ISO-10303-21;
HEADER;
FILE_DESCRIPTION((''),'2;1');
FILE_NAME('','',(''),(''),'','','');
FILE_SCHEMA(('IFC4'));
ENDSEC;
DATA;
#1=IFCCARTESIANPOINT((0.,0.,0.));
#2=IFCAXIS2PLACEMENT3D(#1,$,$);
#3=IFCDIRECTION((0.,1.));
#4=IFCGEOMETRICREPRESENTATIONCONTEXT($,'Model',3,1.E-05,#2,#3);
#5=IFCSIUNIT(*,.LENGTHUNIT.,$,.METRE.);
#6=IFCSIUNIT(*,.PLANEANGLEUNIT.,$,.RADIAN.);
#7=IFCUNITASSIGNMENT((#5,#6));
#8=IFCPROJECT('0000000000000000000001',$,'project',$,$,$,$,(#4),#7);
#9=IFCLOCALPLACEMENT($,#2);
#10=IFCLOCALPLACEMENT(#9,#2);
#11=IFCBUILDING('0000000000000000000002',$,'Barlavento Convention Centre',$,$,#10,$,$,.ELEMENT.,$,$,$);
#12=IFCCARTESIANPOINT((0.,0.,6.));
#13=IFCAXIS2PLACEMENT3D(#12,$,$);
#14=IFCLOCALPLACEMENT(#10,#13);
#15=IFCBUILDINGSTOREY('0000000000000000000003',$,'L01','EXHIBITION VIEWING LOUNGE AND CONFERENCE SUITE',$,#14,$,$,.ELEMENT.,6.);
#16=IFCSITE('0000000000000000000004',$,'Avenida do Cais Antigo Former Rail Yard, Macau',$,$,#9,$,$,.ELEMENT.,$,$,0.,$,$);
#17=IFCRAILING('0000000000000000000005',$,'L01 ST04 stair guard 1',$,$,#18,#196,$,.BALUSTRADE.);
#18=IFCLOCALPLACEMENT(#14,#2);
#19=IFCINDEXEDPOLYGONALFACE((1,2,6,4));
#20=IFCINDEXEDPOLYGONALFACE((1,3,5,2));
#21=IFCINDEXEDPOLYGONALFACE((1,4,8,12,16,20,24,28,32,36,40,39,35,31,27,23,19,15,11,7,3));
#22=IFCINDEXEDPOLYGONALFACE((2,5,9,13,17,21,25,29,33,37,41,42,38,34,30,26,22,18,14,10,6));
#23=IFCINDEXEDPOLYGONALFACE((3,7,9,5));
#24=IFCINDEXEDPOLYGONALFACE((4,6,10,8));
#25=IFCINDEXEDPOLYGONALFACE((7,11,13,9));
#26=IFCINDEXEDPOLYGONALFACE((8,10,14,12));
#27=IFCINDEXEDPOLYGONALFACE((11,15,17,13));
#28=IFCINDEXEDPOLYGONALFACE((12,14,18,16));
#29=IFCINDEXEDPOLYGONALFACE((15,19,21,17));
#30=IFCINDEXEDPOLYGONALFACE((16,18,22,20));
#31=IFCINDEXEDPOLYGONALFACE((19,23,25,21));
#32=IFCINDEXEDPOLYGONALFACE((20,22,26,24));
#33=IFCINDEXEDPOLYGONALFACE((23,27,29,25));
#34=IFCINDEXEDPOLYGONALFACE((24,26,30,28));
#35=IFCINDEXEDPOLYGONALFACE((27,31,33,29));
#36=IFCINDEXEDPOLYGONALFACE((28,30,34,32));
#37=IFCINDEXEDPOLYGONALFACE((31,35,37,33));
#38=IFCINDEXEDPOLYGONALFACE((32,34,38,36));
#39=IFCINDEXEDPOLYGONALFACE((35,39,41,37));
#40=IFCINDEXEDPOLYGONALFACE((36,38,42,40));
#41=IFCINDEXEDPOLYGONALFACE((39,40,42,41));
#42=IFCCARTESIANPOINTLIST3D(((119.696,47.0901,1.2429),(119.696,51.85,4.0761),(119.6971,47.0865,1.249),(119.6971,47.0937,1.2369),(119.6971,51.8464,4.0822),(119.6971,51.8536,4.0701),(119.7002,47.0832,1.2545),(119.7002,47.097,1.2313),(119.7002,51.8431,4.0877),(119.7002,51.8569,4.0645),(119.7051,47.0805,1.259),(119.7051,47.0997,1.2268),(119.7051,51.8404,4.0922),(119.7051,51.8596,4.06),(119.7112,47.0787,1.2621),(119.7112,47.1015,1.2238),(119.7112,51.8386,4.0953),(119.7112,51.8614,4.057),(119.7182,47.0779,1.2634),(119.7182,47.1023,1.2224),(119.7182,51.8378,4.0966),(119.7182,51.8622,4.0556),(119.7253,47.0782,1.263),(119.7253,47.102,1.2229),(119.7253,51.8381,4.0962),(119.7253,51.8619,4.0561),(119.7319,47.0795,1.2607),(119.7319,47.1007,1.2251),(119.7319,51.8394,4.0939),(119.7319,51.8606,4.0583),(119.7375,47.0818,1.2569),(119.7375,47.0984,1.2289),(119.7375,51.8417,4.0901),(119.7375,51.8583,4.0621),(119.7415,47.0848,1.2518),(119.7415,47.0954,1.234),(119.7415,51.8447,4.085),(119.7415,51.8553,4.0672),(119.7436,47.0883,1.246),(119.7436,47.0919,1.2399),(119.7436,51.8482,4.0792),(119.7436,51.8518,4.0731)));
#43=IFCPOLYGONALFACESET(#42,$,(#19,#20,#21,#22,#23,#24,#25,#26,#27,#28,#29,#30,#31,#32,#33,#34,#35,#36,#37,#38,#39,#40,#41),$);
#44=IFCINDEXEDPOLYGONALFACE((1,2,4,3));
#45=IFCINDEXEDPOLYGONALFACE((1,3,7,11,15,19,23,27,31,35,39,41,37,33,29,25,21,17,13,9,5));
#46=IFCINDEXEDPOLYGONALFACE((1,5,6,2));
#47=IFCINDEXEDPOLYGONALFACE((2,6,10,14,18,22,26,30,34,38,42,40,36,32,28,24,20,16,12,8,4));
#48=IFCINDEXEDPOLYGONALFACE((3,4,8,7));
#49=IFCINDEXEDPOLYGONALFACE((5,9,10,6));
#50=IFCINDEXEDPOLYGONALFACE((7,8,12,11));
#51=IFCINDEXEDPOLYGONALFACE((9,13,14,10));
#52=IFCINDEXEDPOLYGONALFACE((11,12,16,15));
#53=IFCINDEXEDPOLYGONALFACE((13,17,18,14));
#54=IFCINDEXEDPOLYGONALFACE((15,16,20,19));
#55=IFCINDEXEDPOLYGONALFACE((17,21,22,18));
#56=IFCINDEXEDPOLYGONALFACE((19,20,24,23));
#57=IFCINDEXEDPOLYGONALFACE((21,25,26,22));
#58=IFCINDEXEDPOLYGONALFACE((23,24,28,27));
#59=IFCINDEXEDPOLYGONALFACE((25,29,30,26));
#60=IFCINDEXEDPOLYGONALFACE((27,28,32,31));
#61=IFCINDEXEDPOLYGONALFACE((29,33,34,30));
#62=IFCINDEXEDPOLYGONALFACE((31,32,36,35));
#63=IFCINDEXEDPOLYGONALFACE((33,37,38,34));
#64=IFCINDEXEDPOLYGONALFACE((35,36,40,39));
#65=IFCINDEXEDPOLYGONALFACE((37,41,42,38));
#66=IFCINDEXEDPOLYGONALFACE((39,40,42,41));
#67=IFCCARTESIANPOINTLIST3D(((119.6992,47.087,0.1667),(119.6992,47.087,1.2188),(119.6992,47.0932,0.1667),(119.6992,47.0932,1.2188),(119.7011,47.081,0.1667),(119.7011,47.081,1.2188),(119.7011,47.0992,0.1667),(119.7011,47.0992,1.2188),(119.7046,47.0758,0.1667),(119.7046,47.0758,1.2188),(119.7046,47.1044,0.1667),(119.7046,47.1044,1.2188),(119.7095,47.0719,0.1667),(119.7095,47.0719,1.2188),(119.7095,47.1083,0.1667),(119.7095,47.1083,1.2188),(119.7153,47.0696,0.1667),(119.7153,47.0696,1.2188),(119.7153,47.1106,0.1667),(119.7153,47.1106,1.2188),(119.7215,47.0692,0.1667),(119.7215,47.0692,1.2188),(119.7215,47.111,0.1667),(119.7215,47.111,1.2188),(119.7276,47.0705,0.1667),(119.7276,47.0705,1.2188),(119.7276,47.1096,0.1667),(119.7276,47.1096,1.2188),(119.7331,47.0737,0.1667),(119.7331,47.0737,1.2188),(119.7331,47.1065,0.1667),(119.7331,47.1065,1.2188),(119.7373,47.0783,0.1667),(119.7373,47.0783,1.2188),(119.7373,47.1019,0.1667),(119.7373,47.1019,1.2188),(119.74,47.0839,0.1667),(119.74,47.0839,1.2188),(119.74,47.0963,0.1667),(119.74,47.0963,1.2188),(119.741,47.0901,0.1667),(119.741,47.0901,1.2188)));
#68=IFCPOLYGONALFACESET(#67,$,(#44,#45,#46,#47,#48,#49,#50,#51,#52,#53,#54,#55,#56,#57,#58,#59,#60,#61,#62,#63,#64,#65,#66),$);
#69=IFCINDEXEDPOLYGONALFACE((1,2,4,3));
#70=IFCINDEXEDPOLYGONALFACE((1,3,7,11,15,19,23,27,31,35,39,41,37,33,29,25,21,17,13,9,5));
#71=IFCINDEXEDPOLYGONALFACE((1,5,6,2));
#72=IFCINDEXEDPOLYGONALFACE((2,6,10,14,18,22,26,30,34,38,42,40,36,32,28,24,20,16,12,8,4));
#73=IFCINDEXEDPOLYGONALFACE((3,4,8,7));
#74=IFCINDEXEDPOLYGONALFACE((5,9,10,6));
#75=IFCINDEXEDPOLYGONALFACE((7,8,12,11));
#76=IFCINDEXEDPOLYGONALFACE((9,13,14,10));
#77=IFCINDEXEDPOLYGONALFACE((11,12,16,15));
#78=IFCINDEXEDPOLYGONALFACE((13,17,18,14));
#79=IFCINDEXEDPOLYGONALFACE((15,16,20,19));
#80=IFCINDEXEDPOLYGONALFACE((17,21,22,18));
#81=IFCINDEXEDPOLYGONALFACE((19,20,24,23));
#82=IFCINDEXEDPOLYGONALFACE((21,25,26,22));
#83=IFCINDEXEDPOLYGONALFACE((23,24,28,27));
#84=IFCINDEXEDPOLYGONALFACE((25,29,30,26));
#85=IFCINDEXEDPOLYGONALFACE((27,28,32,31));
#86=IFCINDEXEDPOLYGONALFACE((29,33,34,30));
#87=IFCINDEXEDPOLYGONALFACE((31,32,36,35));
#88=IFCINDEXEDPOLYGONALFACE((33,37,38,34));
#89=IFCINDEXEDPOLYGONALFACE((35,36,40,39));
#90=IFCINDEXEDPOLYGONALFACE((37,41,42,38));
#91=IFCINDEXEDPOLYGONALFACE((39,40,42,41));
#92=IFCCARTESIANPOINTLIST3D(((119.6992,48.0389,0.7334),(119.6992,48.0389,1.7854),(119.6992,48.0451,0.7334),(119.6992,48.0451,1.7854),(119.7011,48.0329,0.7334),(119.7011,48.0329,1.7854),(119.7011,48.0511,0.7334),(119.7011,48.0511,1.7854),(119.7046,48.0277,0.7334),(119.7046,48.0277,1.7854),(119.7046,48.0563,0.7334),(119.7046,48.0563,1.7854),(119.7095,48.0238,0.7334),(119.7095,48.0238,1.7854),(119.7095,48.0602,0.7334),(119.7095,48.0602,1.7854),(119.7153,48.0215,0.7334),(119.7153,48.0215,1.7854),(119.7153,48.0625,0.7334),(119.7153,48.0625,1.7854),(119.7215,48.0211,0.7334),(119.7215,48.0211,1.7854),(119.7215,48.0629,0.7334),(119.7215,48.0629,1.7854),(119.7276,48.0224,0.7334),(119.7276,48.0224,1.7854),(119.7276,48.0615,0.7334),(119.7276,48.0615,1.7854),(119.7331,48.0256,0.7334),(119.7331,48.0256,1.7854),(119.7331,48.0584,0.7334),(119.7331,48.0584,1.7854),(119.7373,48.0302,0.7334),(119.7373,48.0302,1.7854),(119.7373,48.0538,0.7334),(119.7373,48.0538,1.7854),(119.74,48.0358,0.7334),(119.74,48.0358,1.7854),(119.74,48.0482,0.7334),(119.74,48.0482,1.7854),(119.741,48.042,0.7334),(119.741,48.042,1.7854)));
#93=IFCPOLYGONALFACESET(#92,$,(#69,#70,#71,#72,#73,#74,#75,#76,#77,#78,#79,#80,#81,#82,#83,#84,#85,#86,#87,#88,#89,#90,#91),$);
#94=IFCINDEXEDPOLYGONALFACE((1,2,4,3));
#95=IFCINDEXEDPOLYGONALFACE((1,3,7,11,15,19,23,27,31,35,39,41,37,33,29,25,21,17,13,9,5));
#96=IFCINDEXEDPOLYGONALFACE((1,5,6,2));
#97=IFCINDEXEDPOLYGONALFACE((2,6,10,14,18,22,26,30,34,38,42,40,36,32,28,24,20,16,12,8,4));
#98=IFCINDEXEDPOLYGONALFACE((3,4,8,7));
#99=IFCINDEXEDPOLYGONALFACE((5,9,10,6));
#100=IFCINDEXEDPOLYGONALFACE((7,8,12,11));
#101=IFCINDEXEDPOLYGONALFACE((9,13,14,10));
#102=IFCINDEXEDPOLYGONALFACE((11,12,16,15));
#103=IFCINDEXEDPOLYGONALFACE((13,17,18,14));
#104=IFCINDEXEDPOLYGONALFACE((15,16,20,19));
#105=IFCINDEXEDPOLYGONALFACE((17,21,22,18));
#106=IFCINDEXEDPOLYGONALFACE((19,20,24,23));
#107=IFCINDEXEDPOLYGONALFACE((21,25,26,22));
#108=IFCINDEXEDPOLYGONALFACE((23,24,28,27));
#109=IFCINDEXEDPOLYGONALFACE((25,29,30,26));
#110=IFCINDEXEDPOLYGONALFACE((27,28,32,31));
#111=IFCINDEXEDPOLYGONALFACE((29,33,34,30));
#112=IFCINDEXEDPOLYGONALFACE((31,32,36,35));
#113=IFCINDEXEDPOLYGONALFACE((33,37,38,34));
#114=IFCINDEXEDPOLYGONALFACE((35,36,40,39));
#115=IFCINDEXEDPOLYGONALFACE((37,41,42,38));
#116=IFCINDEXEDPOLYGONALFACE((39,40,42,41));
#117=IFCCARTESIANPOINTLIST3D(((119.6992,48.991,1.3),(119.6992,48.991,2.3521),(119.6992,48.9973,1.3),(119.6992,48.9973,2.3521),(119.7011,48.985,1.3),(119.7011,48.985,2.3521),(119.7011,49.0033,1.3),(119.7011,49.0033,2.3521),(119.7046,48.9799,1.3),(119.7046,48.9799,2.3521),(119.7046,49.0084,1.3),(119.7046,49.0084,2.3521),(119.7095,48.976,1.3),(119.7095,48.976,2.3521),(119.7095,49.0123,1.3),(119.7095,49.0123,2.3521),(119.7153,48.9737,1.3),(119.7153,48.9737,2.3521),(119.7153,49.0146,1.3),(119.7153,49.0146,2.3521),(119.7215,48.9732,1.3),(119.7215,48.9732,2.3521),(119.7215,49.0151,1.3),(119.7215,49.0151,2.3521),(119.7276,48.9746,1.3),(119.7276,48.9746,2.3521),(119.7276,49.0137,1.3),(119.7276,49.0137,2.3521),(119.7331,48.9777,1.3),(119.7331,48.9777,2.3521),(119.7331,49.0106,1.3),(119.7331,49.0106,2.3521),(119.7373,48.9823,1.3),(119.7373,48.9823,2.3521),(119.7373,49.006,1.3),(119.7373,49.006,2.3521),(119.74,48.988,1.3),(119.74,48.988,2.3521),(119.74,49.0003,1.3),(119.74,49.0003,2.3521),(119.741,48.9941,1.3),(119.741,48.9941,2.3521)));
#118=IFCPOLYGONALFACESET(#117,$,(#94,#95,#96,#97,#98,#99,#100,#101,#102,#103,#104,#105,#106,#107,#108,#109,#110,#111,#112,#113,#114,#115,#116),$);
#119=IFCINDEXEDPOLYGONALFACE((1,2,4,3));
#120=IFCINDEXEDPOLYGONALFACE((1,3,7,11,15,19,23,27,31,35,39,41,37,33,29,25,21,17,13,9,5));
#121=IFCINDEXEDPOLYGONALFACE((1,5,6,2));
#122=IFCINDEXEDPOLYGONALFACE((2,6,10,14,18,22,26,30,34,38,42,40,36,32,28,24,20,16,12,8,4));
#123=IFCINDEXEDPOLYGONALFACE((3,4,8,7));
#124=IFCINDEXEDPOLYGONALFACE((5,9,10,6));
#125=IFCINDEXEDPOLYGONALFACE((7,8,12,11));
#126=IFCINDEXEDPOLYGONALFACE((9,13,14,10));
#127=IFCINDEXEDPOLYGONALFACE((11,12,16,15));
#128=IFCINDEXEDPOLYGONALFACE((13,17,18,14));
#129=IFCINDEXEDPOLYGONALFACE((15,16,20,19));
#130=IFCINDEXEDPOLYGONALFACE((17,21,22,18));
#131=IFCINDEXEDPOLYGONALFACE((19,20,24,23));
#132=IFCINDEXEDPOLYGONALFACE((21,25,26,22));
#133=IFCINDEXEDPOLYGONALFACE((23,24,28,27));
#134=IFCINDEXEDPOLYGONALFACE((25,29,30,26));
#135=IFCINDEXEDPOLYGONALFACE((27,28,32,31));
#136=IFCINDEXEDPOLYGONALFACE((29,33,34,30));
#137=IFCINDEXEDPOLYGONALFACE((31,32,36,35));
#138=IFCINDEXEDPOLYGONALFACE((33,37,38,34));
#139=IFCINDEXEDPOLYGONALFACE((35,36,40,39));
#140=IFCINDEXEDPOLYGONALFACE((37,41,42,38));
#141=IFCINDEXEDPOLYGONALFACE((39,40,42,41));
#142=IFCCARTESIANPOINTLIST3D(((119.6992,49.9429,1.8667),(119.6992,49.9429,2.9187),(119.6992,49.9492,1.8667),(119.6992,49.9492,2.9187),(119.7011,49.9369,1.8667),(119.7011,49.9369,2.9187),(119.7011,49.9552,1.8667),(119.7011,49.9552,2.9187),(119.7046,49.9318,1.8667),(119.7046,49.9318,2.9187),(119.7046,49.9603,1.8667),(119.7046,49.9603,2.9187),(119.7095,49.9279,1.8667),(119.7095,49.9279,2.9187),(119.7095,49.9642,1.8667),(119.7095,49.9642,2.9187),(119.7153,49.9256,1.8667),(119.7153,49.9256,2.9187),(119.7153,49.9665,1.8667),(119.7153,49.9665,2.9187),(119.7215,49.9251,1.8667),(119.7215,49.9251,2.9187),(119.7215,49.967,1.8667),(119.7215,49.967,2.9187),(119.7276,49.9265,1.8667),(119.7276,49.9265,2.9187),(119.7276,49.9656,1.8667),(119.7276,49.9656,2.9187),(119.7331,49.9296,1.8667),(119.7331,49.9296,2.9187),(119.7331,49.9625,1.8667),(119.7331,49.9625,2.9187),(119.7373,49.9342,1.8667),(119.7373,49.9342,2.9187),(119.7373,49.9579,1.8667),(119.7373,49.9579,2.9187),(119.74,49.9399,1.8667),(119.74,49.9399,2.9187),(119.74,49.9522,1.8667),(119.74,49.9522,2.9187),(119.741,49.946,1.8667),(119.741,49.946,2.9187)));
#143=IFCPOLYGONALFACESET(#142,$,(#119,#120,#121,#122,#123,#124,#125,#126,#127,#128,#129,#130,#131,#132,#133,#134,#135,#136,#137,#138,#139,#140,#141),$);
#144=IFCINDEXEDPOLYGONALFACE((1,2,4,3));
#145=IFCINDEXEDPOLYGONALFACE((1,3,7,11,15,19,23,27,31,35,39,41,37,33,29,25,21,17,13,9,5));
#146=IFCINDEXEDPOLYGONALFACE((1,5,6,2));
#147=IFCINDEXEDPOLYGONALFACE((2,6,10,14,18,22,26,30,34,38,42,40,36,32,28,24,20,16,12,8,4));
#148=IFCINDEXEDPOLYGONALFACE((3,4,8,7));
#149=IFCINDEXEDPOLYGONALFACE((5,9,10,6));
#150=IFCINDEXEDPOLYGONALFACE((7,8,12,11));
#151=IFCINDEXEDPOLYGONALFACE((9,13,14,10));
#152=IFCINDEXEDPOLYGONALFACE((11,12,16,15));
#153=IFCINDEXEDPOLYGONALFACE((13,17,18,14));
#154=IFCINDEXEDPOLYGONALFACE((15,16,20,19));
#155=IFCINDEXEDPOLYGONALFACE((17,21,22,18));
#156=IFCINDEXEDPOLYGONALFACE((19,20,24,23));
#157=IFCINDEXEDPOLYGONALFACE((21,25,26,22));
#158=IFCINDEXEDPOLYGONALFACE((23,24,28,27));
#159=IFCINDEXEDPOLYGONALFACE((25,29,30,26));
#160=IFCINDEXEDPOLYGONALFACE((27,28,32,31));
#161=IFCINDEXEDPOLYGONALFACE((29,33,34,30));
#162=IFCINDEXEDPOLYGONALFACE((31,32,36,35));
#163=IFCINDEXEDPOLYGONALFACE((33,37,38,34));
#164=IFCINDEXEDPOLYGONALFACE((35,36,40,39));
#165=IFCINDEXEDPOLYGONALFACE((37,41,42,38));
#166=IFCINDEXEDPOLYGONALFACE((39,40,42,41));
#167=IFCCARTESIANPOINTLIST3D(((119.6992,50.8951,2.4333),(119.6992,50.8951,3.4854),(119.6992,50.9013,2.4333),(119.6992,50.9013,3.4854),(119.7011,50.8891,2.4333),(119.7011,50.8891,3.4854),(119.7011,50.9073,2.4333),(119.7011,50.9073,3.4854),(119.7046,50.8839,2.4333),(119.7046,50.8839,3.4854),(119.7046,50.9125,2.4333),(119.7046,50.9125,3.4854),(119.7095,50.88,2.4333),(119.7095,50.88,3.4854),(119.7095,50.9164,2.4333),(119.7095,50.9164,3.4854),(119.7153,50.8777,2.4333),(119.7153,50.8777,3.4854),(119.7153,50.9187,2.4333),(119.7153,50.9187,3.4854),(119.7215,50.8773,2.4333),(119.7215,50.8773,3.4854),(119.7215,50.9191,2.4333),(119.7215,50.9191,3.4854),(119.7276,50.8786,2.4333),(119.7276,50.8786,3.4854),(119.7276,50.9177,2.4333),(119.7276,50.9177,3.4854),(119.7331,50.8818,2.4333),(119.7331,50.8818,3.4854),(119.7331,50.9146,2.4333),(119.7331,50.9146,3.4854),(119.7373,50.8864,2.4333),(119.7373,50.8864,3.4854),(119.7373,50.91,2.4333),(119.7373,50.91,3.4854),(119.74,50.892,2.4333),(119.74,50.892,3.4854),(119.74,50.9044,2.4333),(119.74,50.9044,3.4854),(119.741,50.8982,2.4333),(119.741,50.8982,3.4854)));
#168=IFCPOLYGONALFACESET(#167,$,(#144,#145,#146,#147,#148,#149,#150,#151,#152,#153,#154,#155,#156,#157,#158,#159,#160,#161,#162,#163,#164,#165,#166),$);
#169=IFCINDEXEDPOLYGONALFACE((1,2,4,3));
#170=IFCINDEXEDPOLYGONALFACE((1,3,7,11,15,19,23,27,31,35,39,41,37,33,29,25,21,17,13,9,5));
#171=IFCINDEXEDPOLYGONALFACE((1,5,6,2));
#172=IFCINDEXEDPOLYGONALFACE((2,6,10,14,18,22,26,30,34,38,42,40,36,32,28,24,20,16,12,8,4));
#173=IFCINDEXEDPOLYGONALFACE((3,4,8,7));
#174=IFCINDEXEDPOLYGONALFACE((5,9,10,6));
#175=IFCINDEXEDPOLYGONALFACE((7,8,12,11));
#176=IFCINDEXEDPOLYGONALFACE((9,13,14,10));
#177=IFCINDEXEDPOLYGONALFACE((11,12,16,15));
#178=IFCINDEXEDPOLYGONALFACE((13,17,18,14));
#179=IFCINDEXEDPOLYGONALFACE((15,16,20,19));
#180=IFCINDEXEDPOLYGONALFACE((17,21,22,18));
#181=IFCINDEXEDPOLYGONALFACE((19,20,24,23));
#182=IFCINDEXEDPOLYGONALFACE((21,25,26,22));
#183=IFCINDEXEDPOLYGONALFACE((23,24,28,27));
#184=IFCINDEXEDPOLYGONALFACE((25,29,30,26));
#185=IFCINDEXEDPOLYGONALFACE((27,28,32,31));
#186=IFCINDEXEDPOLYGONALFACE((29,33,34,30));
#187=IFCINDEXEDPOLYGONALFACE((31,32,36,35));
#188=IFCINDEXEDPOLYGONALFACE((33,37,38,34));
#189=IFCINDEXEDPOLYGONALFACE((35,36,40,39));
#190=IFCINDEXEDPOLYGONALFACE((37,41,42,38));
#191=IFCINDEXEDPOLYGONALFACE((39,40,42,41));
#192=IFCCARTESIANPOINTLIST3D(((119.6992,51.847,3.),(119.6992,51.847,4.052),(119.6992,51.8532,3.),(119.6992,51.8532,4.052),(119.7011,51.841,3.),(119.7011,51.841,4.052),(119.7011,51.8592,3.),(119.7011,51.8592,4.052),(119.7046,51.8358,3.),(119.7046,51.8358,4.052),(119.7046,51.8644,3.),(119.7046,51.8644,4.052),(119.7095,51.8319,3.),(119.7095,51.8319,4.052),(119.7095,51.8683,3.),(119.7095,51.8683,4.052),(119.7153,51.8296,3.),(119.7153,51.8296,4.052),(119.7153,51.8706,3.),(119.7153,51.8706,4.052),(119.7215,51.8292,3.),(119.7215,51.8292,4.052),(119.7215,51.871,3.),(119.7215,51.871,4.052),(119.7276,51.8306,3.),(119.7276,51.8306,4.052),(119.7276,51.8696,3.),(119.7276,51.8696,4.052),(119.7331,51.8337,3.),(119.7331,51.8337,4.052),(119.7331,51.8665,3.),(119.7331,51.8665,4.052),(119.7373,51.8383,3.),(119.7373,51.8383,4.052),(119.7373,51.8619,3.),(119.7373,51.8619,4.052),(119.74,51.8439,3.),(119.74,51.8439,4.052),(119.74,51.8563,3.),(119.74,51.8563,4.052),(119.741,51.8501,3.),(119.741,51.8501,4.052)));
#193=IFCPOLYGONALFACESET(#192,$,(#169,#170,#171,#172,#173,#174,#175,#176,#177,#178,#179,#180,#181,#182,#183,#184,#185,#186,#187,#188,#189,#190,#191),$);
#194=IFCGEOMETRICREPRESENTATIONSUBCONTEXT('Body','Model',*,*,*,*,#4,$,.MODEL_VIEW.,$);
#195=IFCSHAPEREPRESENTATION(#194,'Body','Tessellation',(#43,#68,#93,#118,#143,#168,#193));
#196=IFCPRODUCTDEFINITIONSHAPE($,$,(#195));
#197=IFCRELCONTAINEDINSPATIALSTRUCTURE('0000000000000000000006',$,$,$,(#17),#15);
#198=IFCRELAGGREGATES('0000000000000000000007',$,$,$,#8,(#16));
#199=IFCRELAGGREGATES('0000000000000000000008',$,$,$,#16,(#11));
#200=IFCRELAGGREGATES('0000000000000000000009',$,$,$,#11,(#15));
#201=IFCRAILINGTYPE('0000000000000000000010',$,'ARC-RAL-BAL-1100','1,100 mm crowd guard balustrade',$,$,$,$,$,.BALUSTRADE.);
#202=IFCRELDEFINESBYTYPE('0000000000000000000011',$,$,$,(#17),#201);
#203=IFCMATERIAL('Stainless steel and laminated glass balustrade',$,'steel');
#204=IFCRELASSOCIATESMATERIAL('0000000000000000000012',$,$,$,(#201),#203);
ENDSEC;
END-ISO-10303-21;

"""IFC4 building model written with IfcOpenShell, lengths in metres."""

from ifc_helpers import new_model, si_unit, direction, frame, origin, origin_2d, place, context, subcontext, project, spatial, circle, extrude, material, type_object, element, save


model = new_model("IFC4")

# Units and contexts
model_context = context("Model", 3, precision=1e-05, world=origin(), true_north=direction((0.0, 1.0)))
body_context = subcontext(model_context, "Body", "Model", "MODEL_VIEW")
ifc_project = project(units=[si_unit("LENGTHUNIT", "METRE"), si_unit("PLANEANGLEUNIT", "RADIAN")], contexts=[model_context])

# Site, building, storey
site_placement = place(None, origin())
site = spatial("IfcSite", under=ifc_project, at=site_placement, Name="Avenida do Cais Antigo Former Rail Yard, Macau", CompositionType="ELEMENT", RefElevation=0.0)
building_placement = place(site_placement, origin())
building = spatial("IfcBuilding", under=site, at=building_placement, Name="Barlavento Convention Centre", CompositionType="ELEMENT")
storey_placement = place(building_placement, frame((0.0, 0.0, 6.0)))
storey = spatial("IfcBuildingStorey", under=building, at=storey_placement, Name="L01", Description="EXHIBITION VIEWING LOUNGE AND CONFERENCE SUITE", CompositionType="ELEMENT", Elevation=6.0)

# Railing
ifc_material_1 = material(Name="Stainless steel and laminated glass balustrade", Category="steel")
railing_type_1 = type_object("IfcRailingType", Name="ARC-RAL-BAL-1100", Description="1,100 mm crowd guard balustrade", PredefinedType="BALUSTRADE", material=ifc_material_1)
railing_1_placement = place(storey_placement, frame((119.72, 47.0901, 0.1667)))
element("IfcRailing", 1, at=railing_1_placement, inside=storey, type_object=railing_type_1, Name="L01 ST04 stair guard 1", PredefinedType="BALUSTRADE", context=body_context, shape_type="SweptSolid", body=[
    extrude(circle(Radius=0.0239, at=origin_2d()), frame((0.0, 0.0, 1.0762), z_axis=(0.0, 0.8593, 0.511472), x_axis=(-1.0, 0.0, 0.0)), (0.0, 0.0, 1.0), 5.5393),
    extrude(circle(Radius=0.021, at=origin_2d()), origin(), (0.0, 0.0, 1.0), 1.052),
    extrude(circle(Radius=0.021, at=origin_2d()), frame((0.0, 0.9519, 0.5667)), (0.0, 0.0, 1.0), 1.052),
    extrude(circle(Radius=0.021, at=origin_2d()), frame((0.0, 1.9041, 1.1333)), (0.0, 0.0, 1.0), 1.052),
    extrude(circle(Radius=0.021, at=origin_2d()), frame((0.0, 2.856, 1.7)), (0.0, 0.0, 1.0), 1.052),
    extrude(circle(Radius=0.021, at=origin_2d()), frame((0.0, 3.8081, 2.2666)), (0.0, 0.0, 1.0), 1.052),
    extrude(circle(Radius=0.021, at=origin_2d()), frame((0.0, 4.76, 2.8333)), (0.0, 0.0, 1.0), 1.052),
])

save(model, "model.ifc")
